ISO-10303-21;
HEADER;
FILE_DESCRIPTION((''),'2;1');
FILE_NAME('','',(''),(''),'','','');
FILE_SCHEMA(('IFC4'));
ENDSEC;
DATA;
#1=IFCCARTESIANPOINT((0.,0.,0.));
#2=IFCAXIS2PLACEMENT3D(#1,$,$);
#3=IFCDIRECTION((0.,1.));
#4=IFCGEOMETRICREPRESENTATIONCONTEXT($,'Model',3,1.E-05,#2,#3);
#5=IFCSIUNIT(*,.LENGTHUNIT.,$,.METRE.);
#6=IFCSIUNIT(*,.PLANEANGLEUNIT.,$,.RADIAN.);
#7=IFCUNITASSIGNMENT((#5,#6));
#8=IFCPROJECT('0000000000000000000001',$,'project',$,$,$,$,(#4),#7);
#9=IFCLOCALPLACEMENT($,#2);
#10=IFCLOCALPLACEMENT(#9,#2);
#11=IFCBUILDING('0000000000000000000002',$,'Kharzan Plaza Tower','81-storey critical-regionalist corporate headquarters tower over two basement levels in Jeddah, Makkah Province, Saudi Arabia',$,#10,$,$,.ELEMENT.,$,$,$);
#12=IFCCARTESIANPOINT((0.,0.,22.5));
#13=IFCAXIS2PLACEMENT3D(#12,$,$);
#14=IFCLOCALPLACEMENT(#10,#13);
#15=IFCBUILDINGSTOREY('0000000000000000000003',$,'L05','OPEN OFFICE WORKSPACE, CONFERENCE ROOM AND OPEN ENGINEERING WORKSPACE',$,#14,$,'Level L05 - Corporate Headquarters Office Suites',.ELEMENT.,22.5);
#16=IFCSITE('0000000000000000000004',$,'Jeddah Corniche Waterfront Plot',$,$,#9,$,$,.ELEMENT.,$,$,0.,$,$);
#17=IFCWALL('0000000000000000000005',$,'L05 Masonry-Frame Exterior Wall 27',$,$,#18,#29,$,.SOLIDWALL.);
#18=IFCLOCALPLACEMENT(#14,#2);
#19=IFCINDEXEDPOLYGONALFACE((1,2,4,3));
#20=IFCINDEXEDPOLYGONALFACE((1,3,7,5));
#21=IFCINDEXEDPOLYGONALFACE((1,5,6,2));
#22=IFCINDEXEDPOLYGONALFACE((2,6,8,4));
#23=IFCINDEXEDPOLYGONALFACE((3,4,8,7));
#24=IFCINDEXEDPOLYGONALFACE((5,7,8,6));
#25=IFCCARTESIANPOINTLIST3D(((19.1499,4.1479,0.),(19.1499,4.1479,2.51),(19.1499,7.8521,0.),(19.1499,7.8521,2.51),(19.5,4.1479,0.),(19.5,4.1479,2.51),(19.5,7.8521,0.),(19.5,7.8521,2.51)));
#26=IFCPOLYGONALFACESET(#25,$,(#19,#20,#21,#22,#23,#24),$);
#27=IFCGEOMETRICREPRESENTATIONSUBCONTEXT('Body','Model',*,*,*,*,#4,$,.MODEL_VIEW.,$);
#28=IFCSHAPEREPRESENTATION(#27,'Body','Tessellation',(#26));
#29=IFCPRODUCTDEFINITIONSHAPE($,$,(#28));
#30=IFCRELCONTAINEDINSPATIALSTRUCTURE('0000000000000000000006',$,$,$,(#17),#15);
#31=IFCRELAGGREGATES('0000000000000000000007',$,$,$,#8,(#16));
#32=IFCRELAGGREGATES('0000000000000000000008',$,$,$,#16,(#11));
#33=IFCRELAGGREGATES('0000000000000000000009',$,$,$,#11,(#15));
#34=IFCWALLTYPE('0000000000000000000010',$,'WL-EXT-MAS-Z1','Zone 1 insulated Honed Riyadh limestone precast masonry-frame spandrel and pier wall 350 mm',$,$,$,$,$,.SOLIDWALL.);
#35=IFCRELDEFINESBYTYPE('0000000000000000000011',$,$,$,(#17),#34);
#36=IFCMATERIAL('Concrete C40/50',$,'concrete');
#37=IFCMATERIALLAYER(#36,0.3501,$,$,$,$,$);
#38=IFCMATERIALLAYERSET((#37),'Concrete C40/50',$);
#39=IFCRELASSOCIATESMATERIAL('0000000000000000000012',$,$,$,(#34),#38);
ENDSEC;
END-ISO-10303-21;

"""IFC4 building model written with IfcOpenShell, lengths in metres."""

from ifc_helpers import new_model, si_unit, direction, frame, frame_2d, origin, place, context, subcontext, project, spatial, rectangle, extrude, source, transform, mapped, material, layer, layer_set, type_object, element, save


model = new_model("IFC4")

# Units and contexts
model_context = context("Model", 3, precision=1e-05, world=origin(), true_north=direction((0.0, 1.0)))
body_context = subcontext(model_context, "Body", "Model", "MODEL_VIEW")
ifc_project = project(units=[si_unit("LENGTHUNIT", "METRE"), si_unit("PLANEANGLEUNIT", "RADIAN")], contexts=[model_context])

# Site, building, storey
site_placement = place(None, origin())
site = spatial("IfcSite", under=ifc_project, at=site_placement, Name="Jeddah Corniche Waterfront Plot", CompositionType="ELEMENT", RefElevation=0.0)
building_placement = place(site_placement, origin())
building = spatial("IfcBuilding", under=site, at=building_placement, Name="Kharzan Plaza Tower", Description="81-storey critical-regionalist corporate headquarters tower over two basement levels in Jeddah, Makkah Province, Saudi Arabia", CompositionType="ELEMENT")
storey_placement = place(building_placement, frame((0.0, 0.0, 22.5)))
storey = spatial("IfcBuildingStorey", under=building, at=storey_placement, Name="L05", Description="OPEN OFFICE WORKSPACE, CONFERENCE ROOM AND OPEN ENGINEERING WORKSPACE", LongName="Level L05 - Corporate Headquarters Office Suites", CompositionType="ELEMENT", Elevation=22.5)

# Shared definitions
ifc_material_1 = material(Name="Concrete C40/50", Category="concrete")
ifc_layer_1 = layer(ifc_material_1, 0.3501)
ifc_layer_set_1 = layer_set([ifc_layer_1], Name="Concrete C40/50")
wall_type_1 = type_object("IfcWallType", Name="WL-EXT-MAS-Z1", Description="Zone 1 insulated Honed Riyadh limestone precast masonry-frame spandrel and pier wall 350 mm", PredefinedType="SOLIDWALL", material=ifc_layer_set_1)

# Wall
shared_shape_1 = source(origin(), body_context, "Body", "SweptSolid", [
    extrude(rectangle(XDim=3.7041, YDim=0.3501, at=frame_2d((1.8521, 0.0))), origin(), (0.0, 0.0, 1.0), 2.51),
])
wall_1_placement = place(storey_placement, frame((19.325, 4.1479, 0.0), z_axis=(0.0, 0.0, 1.0), x_axis=(0.0, 1.0, 0.0)))
element("IfcWall", 1, at=wall_1_placement, inside=storey, type_object=wall_type_1, Name="L05 Masonry-Frame Exterior Wall 27", PredefinedType="SOLIDWALL", context=body_context, shape_type="MappedRepresentation", body=[
    mapped(shared_shape_1, transform((0.0, 0.0, 0.0), x_axis=(1.0, 0.0, 0.0), y_axis=(0.0, 1.0, 0.0), z_axis=(0.0, 0.0, 1.0))),
])

save(model, "model.ifc")
